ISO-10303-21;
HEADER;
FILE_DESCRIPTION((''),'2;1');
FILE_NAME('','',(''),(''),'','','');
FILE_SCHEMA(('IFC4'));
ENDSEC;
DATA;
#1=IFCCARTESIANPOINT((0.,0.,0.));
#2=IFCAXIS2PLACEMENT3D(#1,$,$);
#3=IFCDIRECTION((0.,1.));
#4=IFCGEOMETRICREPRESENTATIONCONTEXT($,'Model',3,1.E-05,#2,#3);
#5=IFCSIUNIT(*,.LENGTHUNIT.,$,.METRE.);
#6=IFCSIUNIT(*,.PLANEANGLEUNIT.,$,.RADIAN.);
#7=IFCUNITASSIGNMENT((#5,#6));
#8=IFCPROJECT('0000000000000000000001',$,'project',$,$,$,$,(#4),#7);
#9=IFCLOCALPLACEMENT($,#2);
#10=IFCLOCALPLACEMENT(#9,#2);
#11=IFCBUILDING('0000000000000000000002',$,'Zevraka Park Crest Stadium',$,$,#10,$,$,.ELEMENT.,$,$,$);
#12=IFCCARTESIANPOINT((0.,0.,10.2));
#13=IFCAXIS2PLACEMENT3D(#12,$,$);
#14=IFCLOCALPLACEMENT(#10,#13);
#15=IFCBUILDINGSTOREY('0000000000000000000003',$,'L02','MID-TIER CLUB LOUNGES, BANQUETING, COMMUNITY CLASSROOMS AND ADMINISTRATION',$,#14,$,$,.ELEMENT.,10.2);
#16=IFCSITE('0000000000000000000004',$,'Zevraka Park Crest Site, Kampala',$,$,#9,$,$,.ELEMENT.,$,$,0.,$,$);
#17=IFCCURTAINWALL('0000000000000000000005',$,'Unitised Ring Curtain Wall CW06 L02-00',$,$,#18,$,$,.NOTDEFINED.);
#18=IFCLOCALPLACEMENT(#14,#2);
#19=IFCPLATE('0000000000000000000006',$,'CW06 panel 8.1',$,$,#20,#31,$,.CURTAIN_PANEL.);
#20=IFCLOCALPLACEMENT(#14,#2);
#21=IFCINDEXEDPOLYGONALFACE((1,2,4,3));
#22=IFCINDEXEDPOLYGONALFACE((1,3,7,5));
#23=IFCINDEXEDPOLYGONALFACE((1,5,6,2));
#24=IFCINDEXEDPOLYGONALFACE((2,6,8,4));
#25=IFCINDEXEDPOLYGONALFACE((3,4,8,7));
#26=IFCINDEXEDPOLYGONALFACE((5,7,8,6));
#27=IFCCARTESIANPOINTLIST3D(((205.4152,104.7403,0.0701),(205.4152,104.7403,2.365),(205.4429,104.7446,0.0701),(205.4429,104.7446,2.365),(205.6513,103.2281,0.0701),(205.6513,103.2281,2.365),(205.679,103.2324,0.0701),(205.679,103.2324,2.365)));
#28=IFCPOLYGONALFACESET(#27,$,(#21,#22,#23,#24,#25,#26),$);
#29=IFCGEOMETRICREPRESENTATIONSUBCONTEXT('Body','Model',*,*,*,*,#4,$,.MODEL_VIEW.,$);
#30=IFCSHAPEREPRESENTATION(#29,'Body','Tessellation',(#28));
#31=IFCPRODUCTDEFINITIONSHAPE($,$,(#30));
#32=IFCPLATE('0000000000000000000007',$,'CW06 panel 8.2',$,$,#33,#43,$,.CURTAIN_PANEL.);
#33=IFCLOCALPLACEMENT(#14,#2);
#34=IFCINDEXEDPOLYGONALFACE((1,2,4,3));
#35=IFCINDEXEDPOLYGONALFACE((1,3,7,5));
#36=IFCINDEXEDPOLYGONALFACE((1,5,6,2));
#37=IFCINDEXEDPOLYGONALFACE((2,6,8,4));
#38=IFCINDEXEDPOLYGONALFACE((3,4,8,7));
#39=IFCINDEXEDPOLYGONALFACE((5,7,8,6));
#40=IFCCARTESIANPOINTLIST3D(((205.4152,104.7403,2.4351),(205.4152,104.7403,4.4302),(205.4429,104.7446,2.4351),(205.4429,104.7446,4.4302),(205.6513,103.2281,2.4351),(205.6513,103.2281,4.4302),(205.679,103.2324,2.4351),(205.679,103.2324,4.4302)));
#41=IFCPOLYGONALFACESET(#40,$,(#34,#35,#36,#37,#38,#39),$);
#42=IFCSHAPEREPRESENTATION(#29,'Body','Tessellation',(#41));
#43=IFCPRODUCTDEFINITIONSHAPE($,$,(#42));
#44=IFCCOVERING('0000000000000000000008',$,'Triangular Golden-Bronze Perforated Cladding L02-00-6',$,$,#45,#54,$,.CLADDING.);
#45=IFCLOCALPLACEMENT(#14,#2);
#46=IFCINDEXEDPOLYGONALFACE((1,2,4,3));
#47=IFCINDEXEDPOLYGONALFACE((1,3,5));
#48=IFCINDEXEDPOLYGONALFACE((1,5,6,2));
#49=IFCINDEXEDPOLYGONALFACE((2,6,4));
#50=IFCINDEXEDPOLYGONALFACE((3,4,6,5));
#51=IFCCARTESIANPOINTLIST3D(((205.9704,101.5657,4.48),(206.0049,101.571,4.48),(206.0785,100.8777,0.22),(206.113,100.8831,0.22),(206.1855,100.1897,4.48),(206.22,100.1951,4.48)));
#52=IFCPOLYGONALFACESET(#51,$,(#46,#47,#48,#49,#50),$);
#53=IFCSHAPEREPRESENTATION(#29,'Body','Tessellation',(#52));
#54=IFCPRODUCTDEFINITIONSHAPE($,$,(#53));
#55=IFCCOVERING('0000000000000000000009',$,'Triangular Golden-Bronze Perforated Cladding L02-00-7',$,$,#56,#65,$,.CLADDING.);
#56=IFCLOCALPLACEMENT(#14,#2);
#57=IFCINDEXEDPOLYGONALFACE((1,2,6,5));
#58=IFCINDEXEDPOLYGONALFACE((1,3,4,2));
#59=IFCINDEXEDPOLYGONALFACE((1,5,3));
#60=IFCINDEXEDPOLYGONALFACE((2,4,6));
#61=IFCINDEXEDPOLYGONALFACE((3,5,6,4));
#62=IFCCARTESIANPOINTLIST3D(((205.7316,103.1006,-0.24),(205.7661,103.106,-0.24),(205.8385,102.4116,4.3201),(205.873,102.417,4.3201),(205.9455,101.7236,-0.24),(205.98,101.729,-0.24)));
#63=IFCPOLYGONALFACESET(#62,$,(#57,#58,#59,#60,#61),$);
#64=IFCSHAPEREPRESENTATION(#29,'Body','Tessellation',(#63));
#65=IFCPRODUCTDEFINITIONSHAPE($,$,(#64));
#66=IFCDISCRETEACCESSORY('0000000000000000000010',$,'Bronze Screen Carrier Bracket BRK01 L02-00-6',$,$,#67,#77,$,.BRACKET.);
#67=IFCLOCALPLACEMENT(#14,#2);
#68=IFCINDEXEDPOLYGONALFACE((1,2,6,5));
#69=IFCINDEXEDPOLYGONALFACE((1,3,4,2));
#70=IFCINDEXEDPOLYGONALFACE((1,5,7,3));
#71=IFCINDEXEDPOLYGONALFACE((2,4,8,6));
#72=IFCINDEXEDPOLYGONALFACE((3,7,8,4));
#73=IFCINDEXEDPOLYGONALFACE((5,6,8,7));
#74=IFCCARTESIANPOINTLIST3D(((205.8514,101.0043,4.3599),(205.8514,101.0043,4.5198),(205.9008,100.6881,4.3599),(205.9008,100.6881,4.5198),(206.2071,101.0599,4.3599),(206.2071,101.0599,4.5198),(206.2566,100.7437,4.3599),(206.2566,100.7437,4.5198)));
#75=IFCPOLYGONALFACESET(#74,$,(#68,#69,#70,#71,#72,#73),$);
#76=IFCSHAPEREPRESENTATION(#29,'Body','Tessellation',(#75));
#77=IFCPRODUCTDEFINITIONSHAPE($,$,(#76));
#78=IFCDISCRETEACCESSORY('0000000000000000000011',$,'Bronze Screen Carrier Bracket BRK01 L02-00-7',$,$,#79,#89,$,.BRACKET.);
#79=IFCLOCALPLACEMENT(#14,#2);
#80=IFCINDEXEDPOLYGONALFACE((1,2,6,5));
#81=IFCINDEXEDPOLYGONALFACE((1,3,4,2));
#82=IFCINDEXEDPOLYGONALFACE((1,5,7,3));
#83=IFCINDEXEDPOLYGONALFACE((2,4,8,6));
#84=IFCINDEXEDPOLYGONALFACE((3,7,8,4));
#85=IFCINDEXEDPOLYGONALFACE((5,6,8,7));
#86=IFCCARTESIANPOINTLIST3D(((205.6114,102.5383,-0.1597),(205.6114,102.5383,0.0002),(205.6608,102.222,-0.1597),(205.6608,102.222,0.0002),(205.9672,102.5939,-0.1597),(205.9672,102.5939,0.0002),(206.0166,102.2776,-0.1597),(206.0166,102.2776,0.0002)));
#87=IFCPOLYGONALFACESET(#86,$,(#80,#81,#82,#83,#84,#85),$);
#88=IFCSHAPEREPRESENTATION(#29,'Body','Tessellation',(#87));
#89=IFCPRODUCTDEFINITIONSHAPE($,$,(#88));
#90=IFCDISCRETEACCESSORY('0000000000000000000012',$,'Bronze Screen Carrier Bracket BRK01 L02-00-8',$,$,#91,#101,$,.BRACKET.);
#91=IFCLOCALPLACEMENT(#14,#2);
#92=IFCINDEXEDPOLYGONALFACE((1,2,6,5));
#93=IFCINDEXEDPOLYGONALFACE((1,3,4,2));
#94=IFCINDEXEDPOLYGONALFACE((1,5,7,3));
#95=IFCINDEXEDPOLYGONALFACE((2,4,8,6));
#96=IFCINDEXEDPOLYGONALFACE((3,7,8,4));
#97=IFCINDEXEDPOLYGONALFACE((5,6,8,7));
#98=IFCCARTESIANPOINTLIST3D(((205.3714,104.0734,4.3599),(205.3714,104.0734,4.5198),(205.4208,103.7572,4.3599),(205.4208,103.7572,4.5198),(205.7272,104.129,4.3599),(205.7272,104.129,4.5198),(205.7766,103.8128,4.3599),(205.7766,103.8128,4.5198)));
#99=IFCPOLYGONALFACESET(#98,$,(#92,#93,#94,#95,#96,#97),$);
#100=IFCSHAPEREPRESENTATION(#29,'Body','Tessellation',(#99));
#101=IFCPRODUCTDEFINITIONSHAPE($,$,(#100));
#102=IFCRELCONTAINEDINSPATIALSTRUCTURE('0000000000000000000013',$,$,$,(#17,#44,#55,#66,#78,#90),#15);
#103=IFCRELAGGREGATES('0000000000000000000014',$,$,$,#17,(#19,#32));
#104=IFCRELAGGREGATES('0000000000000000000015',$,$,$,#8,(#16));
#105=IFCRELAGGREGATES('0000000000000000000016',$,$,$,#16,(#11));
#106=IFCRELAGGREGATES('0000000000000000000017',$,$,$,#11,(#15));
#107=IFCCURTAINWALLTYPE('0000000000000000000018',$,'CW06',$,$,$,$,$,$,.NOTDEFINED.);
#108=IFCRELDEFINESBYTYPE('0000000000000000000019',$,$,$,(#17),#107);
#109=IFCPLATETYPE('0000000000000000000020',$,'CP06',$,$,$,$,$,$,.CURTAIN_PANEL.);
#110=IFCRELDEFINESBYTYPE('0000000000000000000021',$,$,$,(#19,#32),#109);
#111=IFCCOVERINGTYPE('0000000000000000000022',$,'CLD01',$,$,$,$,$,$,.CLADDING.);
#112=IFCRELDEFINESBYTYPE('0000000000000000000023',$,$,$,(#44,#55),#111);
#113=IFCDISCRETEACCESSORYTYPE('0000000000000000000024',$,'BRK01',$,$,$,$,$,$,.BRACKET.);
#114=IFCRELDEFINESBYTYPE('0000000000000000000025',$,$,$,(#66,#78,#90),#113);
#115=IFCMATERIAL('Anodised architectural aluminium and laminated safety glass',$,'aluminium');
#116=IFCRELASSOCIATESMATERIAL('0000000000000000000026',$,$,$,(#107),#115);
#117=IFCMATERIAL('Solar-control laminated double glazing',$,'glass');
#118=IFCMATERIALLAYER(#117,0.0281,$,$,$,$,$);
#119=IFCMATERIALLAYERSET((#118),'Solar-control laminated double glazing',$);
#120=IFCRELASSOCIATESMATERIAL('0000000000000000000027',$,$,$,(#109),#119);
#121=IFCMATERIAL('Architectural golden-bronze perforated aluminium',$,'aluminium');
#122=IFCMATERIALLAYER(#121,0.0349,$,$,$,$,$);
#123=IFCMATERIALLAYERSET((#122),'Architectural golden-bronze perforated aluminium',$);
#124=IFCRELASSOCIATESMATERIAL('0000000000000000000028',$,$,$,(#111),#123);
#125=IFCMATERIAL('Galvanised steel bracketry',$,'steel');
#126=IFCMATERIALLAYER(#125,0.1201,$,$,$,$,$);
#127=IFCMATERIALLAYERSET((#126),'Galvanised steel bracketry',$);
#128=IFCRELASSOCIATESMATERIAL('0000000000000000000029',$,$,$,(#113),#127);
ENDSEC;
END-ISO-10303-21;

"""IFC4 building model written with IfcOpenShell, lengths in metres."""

from ifc_helpers import new_model, si_unit, direction, frame, origin, origin_2d, place, context, subcontext, project, spatial, polyline, rectangle, outline, extrude, material, layer, layer_set, type_object, element, aggregate, save


model = new_model("IFC4")

# Units and contexts
model_context = context("Model", 3, precision=1e-05, world=origin(), true_north=direction((0.0, 1.0)))
body_context = subcontext(model_context, "Body", "Model", "MODEL_VIEW")
ifc_project = project(units=[si_unit("LENGTHUNIT", "METRE"), si_unit("PLANEANGLEUNIT", "RADIAN")], contexts=[model_context])

# Site, building, storey
site_placement = place(None, origin())
site = spatial("IfcSite", under=ifc_project, at=site_placement, Name="Zevraka Park Crest Site, Kampala", CompositionType="ELEMENT", RefElevation=0.0)
building_placement = place(site_placement, origin())
building = spatial("IfcBuilding", under=site, at=building_placement, Name="Zevraka Park Crest Stadium", CompositionType="ELEMENT")
storey_placement = place(building_placement, frame((0.0, 0.0, 10.2)))
storey = spatial("IfcBuildingStorey", under=building, at=storey_placement, Name="L02", Description="MID-TIER CLUB LOUNGES, BANQUETING, COMMUNITY CLASSROOMS AND ADMINISTRATION", CompositionType="ELEMENT", Elevation=10.2)

# Curtain wall, plates
ifc_material_1 = material(Name="Anodised architectural aluminium and laminated safety glass", Category="aluminium")
curtain_wall_type = type_object("IfcCurtainWallType", Name="CW06", PredefinedType="NOTDEFINED", material=ifc_material_1)
curtain_wall_placement = place(storey_placement, origin())
curtain_wall = element("IfcCurtainWall", 1, at=curtain_wall_placement, inside=storey, type_object=curtain_wall_type, Name="Unitised Ring Curtain Wall CW06 L02-00", PredefinedType="NOTDEFINED")
ifc_material_2 = material(Name="Solar-control laminated double glazing", Category="glass")
ifc_layer_1 = layer(ifc_material_2, 0.0281)
ifc_layer_set_1 = layer_set([ifc_layer_1], Name="Solar-control laminated double glazing")
plate_type = type_object("IfcPlateType", Name="CP06", PredefinedType="CURTAIN_PANEL", material=ifc_layer_set_1)
plate_1_placement = place(storey_placement, frame((205.5471, 103.9863, 0.0701), z_axis=(0.0, 0.0, 1.0), x_axis=(-0.154274, 0.988028, 0.0)))
plate_1 = element("IfcPlate", 2, at=plate_1_placement, type_object=plate_type, Name="CW06 panel 8.1", PredefinedType="CURTAIN_PANEL", context=body_context, shape_type="SweptSolid", body=[
    extrude(rectangle(XDim=1.5305, YDim=0.0281, at=origin_2d()), origin(), (0.0, 0.0, 1.0), 2.2949),
])
plate_2_placement = place(storey_placement, frame((205.5471, 103.9863, 2.4351), z_axis=(0.0, 0.0, 1.0), x_axis=(-0.154274, 0.988028, 0.0)))
plate_2 = element("IfcPlate", 3, at=plate_2_placement, type_object=plate_type, Name="CW06 panel 8.2", PredefinedType="CURTAIN_PANEL", context=body_context, shape_type="SweptSolid", body=[
    extrude(rectangle(XDim=1.5305, YDim=0.0281, at=origin_2d()), origin(), (0.0, 0.0, 1.0), 1.9951),
])
aggregate(curtain_wall, [plate_1, plate_2])

# Coverings
ifc_material_3 = material(Name="Architectural golden-bronze perforated aluminium", Category="aluminium")
ifc_layer_2 = layer(ifc_material_3, 0.0349)
ifc_layer_set_2 = layer_set([ifc_layer_2], Name="Architectural golden-bronze perforated aluminium")
covering_type = type_object("IfcCoveringType", Name="CLD01", PredefinedType="CLADDING", material=ifc_layer_set_2)
covering_1_placement = place(storey_placement, frame((206.0049, 101.571, 4.48), z_axis=(0.988002, 0.154441, 0.000142), x_axis=(0.154441, -0.988002, 0.0)))
element("IfcCovering", 4, at=covering_1_placement, inside=storey, type_object=covering_type, Name="Triangular Golden-Bronze Perforated Cladding L02-00-6", PredefinedType="CLADDING", context=body_context, shape_type="SweptSolid", body=[
    extrude(outline(polyline([(0.0, 0.0), (1.3927, 0.0), (0.6964, 4.26), (0.0, 0.0)])), origin(), (0.0, 0.0, -1.0), 0.0349),
])
covering_2_placement = place(storey_placement, frame((205.98, 101.729, -0.24), z_axis=(0.988152, 0.153479, 0.000016), x_axis=(-0.153479, 0.988152, 0.0)))
element("IfcCovering", 5, at=covering_2_placement, inside=storey, type_object=covering_type, Name="Triangular Golden-Bronze Perforated Cladding L02-00-7", PredefinedType="CLADDING", context=body_context, shape_type="SweptSolid", body=[
    extrude(outline(polyline([(0.0, 0.0), (1.3935, 0.0), (0.6962, 4.5601), (0.0, 0.0)])), origin(), (0.0, 0.0, -1.0), 0.0349),
])

# Discrete accessories
ifc_material_4 = material(Name="Galvanised steel bracketry", Category="steel")
ifc_layer_3 = layer(ifc_material_4, 0.1201)
ifc_layer_set_3 = layer_set([ifc_layer_3], Name="Galvanised steel bracketry")
discrete_accessory_type = type_object("IfcDiscreteAccessoryType", Name="BRK01", PredefinedType="BRACKET", material=ifc_layer_set_3)
for number, where, z_axis, x_axis, name in (
    (6, (206.054, 100.874, 4.3599), (0.0, 0.0, 1.0), (-0.154366, 0.988014, 0.0), "Bronze Screen Carrier Bracket BRK01 L02-00-6"),
    (7, (205.814, 102.408, -0.1597), (0.0, 0.0, 1.0), (-0.154366, 0.988014, 0.0), "Bronze Screen Carrier Bracket BRK01 L02-00-7"),
    (8, (205.574, 103.9431, 4.3599), (0.0, 0.0, 1.0), (-0.154366, 0.988014, 0.0), "Bronze Screen Carrier Bracket BRK01 L02-00-8"),
):
    element("IfcDiscreteAccessory", number, at=place(storey_placement, frame(where, z_axis=z_axis, x_axis=x_axis)), inside=storey, type_object=discrete_accessory_type, Name=name, PredefinedType="BRACKET", context=body_context, shape_type="SweptSolid", body=[
        extrude(rectangle(XDim=0.3201, YDim=0.3601, at=origin_2d()), origin(), (0.0, 0.0, 1.0), 0.1599),
    ])

save(model, "model.ifc")
